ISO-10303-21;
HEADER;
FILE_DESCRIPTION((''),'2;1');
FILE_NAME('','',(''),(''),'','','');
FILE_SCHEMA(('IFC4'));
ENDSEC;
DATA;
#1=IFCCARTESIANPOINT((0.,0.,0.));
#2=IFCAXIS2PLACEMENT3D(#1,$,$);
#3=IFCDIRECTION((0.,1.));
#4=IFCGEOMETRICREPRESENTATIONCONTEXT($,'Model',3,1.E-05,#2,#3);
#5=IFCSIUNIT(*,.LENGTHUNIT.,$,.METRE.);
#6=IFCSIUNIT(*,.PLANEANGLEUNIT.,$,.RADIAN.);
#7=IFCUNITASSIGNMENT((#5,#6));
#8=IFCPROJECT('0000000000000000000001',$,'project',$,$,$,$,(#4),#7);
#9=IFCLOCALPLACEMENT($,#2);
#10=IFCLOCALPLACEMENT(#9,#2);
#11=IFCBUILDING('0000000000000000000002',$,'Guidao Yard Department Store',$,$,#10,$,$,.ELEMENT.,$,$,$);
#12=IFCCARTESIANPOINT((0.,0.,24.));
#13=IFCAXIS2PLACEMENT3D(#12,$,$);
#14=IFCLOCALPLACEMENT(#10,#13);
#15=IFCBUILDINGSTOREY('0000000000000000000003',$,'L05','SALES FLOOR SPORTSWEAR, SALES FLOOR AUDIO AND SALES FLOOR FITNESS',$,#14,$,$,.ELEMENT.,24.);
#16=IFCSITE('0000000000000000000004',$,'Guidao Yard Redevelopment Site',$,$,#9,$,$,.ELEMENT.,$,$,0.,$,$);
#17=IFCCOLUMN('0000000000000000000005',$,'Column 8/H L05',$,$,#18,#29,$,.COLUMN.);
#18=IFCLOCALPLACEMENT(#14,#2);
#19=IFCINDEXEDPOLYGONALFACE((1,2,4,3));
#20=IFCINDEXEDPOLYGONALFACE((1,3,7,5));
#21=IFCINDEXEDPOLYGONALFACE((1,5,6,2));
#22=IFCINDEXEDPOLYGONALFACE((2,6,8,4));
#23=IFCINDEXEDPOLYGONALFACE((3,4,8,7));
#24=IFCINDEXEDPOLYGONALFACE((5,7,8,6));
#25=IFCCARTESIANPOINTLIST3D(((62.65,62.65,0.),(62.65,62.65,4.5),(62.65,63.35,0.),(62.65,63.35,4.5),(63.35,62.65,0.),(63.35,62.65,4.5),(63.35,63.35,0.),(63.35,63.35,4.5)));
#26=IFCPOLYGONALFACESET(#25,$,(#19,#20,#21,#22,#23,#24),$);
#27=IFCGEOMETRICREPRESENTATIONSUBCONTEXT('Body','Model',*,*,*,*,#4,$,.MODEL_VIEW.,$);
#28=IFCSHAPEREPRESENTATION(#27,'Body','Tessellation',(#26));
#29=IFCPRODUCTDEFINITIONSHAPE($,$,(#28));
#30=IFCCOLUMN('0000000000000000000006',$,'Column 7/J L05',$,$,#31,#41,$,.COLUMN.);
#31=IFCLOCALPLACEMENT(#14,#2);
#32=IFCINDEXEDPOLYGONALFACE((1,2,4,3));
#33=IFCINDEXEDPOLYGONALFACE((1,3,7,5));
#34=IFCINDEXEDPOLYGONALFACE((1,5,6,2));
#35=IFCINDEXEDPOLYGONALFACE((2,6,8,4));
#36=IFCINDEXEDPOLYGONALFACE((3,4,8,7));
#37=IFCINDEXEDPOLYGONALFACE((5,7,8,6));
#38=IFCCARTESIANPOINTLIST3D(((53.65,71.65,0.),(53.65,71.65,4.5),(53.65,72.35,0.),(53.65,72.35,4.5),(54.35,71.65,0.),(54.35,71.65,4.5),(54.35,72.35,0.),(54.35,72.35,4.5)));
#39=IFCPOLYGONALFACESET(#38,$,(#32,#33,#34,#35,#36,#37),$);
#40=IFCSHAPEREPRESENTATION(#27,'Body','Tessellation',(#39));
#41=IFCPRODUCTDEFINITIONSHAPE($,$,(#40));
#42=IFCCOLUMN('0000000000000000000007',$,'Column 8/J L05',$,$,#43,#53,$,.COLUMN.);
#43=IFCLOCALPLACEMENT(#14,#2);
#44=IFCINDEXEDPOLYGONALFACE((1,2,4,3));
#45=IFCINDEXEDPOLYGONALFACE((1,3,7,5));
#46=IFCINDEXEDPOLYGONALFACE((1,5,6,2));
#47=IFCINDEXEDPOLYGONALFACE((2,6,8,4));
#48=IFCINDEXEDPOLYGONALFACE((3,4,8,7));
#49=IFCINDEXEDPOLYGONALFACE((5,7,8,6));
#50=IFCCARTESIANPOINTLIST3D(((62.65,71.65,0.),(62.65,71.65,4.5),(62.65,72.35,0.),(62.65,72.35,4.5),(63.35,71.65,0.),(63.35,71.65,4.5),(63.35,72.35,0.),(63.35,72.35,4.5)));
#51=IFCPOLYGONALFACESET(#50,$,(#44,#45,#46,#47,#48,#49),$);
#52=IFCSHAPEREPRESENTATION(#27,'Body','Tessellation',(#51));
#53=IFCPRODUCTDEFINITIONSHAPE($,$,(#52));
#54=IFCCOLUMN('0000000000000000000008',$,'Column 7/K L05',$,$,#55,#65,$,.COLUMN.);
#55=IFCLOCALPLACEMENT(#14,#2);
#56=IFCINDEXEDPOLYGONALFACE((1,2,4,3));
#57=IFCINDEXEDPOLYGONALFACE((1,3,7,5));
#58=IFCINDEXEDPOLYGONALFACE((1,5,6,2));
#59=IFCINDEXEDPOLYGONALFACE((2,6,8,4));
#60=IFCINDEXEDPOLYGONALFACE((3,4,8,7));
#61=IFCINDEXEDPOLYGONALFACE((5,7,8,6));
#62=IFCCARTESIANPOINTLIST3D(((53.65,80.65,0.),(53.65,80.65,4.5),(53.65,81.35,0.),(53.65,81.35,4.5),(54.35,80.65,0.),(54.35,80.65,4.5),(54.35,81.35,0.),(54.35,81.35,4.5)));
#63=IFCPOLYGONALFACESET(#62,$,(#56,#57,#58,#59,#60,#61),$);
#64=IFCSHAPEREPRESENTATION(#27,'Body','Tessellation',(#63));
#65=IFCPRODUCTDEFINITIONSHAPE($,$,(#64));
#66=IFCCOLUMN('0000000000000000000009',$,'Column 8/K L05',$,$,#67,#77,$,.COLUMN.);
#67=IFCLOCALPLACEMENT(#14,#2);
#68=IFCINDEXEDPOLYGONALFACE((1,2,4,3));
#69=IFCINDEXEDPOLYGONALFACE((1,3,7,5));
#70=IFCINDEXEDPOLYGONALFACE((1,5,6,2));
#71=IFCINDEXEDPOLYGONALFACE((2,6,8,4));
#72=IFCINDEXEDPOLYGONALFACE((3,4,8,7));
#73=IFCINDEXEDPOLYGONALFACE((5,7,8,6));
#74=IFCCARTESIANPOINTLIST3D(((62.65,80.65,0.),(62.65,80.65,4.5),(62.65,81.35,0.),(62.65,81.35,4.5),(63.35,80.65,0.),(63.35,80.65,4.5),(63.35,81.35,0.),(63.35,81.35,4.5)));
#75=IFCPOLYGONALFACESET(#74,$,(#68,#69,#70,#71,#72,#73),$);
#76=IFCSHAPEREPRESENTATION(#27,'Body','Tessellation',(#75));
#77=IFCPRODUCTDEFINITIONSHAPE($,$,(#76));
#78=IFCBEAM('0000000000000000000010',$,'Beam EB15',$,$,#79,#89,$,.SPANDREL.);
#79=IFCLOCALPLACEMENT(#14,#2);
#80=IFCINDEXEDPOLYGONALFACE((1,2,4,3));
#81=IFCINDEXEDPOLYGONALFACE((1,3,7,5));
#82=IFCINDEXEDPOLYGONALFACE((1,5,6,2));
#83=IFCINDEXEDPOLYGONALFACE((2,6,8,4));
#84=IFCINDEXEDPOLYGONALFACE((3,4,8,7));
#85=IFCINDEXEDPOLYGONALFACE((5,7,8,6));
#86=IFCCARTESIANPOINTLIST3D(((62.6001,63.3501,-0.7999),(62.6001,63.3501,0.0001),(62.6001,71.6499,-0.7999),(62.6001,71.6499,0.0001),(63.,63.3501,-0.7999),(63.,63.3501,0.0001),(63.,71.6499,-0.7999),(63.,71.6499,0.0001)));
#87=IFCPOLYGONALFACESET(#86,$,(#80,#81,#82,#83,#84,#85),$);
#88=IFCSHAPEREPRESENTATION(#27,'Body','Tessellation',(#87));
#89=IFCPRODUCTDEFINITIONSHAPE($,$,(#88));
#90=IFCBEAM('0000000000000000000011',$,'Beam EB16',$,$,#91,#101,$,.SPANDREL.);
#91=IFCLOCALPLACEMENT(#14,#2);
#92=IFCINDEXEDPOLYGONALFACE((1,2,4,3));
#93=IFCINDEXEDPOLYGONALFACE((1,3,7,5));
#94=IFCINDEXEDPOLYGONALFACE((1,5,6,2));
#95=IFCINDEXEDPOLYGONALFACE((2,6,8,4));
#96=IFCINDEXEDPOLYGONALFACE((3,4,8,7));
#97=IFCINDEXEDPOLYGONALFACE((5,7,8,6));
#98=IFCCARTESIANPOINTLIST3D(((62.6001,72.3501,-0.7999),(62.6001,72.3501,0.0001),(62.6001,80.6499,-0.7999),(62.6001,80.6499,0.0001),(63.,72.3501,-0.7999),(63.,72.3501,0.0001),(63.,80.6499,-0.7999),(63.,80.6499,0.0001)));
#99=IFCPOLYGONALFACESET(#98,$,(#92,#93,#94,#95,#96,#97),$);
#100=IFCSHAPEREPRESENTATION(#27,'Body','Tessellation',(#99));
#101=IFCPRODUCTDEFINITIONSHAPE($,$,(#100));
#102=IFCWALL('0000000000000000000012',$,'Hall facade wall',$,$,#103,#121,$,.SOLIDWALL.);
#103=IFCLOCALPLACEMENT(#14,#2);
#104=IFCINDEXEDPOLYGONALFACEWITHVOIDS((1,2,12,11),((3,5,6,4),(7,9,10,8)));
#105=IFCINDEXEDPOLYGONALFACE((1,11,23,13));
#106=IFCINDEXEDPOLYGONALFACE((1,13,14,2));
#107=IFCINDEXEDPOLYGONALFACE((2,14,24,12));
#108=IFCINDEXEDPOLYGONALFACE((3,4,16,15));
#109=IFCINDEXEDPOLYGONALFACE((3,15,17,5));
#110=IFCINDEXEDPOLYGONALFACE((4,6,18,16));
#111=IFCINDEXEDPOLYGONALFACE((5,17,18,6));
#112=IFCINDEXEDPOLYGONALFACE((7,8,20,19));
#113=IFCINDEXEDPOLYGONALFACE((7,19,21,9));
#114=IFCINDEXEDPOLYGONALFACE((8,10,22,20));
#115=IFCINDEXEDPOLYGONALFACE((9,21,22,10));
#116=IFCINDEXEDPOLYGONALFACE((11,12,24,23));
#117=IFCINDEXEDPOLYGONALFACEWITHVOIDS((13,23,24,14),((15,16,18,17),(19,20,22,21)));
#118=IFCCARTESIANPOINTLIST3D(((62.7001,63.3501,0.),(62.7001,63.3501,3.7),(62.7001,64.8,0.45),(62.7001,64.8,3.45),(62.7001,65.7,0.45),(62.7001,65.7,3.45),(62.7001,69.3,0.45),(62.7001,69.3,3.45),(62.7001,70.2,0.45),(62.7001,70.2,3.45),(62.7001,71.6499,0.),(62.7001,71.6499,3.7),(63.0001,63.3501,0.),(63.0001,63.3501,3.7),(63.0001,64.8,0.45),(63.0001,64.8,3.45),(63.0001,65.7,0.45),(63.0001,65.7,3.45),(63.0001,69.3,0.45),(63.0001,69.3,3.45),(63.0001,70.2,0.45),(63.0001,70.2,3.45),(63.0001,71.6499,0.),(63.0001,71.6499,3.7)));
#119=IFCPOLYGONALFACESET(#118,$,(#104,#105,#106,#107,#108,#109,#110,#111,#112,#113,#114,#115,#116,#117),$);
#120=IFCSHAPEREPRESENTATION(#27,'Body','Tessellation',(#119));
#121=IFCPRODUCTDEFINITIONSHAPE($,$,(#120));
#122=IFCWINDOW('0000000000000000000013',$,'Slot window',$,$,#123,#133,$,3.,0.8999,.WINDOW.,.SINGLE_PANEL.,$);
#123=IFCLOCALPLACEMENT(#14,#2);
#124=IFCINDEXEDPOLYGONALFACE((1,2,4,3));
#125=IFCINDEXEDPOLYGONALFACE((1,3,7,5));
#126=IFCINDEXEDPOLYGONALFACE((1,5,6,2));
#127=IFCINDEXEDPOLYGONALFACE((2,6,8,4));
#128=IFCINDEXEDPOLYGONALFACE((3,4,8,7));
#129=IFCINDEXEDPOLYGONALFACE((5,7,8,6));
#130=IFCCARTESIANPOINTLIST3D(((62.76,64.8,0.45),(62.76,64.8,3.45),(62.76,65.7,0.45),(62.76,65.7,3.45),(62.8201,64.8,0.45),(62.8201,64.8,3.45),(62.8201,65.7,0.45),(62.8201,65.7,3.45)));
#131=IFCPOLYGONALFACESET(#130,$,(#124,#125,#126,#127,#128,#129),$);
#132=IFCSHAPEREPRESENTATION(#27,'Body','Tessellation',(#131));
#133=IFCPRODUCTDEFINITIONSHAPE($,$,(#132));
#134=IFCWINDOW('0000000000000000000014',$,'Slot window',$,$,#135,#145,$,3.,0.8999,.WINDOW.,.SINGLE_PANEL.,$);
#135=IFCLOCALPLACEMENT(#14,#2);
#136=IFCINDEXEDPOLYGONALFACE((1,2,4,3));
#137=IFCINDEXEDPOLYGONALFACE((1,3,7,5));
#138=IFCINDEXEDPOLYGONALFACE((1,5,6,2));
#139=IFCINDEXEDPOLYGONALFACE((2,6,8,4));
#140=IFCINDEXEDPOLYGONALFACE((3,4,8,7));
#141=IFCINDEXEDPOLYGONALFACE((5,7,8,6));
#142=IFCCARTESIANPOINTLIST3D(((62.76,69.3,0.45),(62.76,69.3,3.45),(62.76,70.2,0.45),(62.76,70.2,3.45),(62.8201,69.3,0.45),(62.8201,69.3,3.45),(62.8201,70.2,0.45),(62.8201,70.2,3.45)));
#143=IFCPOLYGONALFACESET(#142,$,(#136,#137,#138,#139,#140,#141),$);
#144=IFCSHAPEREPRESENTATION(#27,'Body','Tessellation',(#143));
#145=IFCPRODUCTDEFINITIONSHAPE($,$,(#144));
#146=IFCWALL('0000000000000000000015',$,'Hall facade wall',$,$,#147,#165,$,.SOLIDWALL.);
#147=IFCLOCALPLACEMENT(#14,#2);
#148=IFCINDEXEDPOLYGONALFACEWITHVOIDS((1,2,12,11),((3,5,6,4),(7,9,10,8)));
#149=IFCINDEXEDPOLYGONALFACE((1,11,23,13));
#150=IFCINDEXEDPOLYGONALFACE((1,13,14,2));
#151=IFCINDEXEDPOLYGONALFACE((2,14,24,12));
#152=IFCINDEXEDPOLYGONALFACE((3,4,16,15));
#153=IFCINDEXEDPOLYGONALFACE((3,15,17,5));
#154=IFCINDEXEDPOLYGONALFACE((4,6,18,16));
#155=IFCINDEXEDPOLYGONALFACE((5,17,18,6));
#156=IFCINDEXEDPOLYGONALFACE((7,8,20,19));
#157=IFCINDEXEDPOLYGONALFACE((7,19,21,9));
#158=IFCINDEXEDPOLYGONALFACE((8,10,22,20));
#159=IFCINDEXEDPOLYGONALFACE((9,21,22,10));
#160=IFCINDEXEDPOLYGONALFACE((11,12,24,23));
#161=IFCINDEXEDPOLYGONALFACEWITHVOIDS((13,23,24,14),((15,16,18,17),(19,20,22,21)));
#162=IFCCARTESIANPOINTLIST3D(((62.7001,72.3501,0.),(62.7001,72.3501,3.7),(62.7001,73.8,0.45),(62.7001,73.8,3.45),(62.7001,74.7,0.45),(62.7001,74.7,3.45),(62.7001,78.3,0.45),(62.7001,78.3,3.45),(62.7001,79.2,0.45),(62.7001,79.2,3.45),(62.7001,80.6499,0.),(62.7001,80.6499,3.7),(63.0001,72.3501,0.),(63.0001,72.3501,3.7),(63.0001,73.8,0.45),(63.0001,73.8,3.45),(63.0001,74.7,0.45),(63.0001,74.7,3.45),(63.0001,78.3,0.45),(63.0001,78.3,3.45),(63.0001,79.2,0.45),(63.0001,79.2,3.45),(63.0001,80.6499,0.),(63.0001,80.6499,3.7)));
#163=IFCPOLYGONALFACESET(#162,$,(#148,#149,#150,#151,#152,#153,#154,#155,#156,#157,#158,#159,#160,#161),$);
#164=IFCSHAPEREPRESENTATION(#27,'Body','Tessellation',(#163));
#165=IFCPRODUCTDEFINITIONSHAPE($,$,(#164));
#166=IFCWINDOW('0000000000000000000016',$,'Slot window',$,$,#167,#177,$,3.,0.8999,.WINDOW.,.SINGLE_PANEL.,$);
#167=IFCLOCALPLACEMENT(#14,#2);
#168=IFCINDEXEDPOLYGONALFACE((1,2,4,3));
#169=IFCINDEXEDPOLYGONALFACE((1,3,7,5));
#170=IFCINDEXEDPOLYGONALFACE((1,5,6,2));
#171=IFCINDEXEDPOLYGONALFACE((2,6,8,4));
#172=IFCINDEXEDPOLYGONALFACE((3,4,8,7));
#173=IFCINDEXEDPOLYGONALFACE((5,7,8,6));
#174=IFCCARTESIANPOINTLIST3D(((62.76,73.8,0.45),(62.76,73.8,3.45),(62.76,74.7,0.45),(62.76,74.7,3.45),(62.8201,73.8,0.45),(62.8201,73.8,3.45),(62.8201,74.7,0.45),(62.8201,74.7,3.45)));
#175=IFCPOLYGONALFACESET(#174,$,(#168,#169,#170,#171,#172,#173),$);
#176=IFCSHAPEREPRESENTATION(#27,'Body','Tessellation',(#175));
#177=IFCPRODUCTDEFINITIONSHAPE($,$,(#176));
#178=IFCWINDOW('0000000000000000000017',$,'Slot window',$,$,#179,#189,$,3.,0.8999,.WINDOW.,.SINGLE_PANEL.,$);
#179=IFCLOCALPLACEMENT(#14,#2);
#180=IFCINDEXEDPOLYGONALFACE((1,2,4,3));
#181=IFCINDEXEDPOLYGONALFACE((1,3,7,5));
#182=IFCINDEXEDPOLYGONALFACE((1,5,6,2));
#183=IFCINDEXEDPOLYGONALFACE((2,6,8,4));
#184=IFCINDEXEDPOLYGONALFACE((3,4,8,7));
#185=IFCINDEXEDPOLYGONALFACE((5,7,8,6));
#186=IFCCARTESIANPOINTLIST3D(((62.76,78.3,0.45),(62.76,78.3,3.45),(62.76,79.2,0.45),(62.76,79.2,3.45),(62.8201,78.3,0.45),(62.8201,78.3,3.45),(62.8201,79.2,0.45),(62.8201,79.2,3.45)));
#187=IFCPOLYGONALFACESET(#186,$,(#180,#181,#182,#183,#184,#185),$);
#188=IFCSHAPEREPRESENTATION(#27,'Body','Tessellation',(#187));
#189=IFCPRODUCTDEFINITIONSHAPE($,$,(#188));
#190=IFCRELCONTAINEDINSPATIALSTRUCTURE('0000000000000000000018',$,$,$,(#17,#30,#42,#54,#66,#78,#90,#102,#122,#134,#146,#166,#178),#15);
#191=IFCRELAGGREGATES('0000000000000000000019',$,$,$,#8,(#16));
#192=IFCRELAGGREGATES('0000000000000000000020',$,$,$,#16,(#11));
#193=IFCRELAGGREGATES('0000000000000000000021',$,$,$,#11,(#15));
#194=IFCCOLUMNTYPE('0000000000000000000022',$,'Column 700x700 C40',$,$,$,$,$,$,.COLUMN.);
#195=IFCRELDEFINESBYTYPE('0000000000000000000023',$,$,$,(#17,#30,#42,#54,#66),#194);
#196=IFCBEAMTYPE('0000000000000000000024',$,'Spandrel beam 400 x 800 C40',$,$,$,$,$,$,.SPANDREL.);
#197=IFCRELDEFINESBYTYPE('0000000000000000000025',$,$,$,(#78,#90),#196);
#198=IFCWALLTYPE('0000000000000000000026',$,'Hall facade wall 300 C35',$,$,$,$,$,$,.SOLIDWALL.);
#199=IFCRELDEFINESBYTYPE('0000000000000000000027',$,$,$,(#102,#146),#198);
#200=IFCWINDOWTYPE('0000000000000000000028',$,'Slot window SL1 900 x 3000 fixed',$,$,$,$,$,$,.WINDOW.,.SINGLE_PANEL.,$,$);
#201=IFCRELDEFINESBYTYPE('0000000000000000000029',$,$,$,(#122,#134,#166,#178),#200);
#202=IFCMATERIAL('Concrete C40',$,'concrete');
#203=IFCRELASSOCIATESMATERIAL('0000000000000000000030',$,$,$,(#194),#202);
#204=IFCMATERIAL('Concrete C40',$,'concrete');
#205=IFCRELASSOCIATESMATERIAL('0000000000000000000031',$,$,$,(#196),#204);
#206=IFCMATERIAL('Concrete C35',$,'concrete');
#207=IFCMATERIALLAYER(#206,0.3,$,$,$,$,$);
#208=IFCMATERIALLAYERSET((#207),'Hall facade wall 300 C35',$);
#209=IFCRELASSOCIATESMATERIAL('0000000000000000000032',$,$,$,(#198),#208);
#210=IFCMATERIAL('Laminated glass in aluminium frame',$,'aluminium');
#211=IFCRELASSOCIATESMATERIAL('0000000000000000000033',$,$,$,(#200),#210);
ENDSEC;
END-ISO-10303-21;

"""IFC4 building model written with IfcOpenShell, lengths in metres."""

from ifc_helpers import new_model, si_unit, direction, frame, frame_2d, origin, origin_2d, place, context, subcontext, project, spatial, rectangle, extrude, material, layer, layer_set, material_profile, profile_set, type_object, element, fill, save


model = new_model("IFC4")

# Units and contexts
model_context = context("Model", 3, precision=1e-05, world=origin(), true_north=direction((0.0, 1.0)))
body_context = subcontext(model_context, "Body", "Model", "MODEL_VIEW")
ifc_project = project(units=[si_unit("LENGTHUNIT", "METRE"), si_unit("PLANEANGLEUNIT", "RADIAN")], contexts=[model_context])

# Site, building, storey
site_placement = place(None, origin())
site = spatial("IfcSite", under=ifc_project, at=site_placement, Name="Guidao Yard Redevelopment Site", CompositionType="ELEMENT", RefElevation=0.0)
building_placement = place(site_placement, origin())
building = spatial("IfcBuilding", under=site, at=building_placement, Name="Guidao Yard Department Store", CompositionType="ELEMENT")
storey_placement = place(building_placement, frame((0.0, 0.0, 24.0)))
storey = spatial("IfcBuildingStorey", under=building, at=storey_placement, Name="L05", Description="SALES FLOOR SPORTSWEAR, SALES FLOOR AUDIO AND SALES FLOOR FITNESS", CompositionType="ELEMENT", Elevation=24.0)

# Columns
ifc_material_1 = material(Name="Concrete C40", Category="concrete")
ifc_material_profile_1 = material_profile(ifc_material_1, rectangle(XDim=0.7, YDim=0.7, at=origin_2d()), Name="COL 700x700")
ifc_profile_set_1 = profile_set([ifc_material_profile_1], Name="Concrete C40")
column_type = type_object("IfcColumnType", Name="Column 700x700 C40", PredefinedType="COLUMN", material=ifc_profile_set_1)
for number, where, z_axis, x_axis, name in (
    (1, (63.0, 63.0, 0.0), (0.0, 0.0, 1.0), (1.0, 0.0, 0.0), "Column 8/H L05"),
    (2, (54.0, 72.0, 0.0), (0.0, 0.0, 1.0), (1.0, 0.0, 0.0), "Column 7/J L05"),
    (3, (63.0, 72.0, 0.0), (0.0, 0.0, 1.0), (1.0, 0.0, 0.0), "Column 8/J L05"),
    (4, (54.0, 81.0, 0.0), (0.0, 0.0, 1.0), (1.0, 0.0, 0.0), "Column 7/K L05"),
    (5, (63.0, 81.0, 0.0), (0.0, 0.0, 1.0), (1.0, 0.0, 0.0), "Column 8/K L05"),
):
    element("IfcColumn", number, at=place(storey_placement, frame(where, z_axis=z_axis, x_axis=x_axis)), inside=storey, type_object=column_type, Name=name, PredefinedType="COLUMN", context=body_context, shape_type="SweptSolid", body=[
        extrude(rectangle(XDim=0.7, YDim=0.7, at=origin_2d()), origin(), (0.0, 0.0, 1.0), 4.5),
    ])

# Beams
ifc_material_2 = material(Name="Concrete C40", Category="concrete")
ifc_material_profile_2 = material_profile(ifc_material_2, rectangle(XDim=0.3999, YDim=0.8, at=origin_2d()), Name="Spandrel beam 400 x 800 C40")
ifc_profile_set_2 = profile_set([ifc_material_profile_2], Name="Concrete C40")
beam_type = type_object("IfcBeamType", Name="Spandrel beam 400 x 800 C40", PredefinedType="SPANDREL", material=ifc_profile_set_2)
for number, where, z_axis, x_axis, name in (
    (6, (62.8, 63.3501, -0.3999), (0.0, 1.0, 0.0), (-1.0, 0.0, 0.0), "Beam EB15"),
    (7, (62.8, 72.3501, -0.3999), (0.0, 1.0, 0.0), (-1.0, 0.0, 0.0), "Beam EB16"),
):
    element("IfcBeam", number, at=place(storey_placement, frame(where, z_axis=z_axis, x_axis=x_axis)), inside=storey, type_object=beam_type, Name=name, PredefinedType="SPANDREL", context=body_context, shape_type="SweptSolid", body=[
        extrude(rectangle(XDim=0.3999, YDim=0.8, at=origin_2d()), origin(), (0.0, 0.0, 1.0), 8.2998),
    ])

# Walls, openings, windows
ifc_material_3 = material(Name="Concrete C35", Category="concrete")
ifc_layer_1 = layer(ifc_material_3, 0.3)
ifc_layer_set_1 = layer_set([ifc_layer_1], Name="Hall facade wall 300 C35")
wall_type_1 = type_object("IfcWallType", Name="Hall facade wall 300 C35", PredefinedType="SOLIDWALL", material=ifc_layer_set_1)
wall_1_placement = place(storey_placement, frame((62.8501, 71.6499, 0.0), z_axis=(0.0, 0.0, 1.0), x_axis=(0.0, -1.0, 0.0)))
wall_1 = element("IfcWall", 8, at=wall_1_placement, inside=storey, type_object=wall_type_1, Name="Hall facade wall", PredefinedType="SOLIDWALL", context=body_context, shape_type="SweptSolid", body=[
    extrude(rectangle(XDim=8.2998, YDim=0.3, at=frame_2d((4.1499, 0.0))), origin(), (0.0, 0.0, 1.0), 3.7),
])
opening_1_placement = place(wall_1_placement, frame((5.95, 0.0, 0.45)))
opening_1 = element("IfcOpeningElement", 9, at=opening_1_placement, cuts=wall_1, PredefinedType="OPENING", context=body_context, shape_type="SweptSolid", body=[
    extrude(rectangle(XDim=0.8999, YDim=3.0, at=frame_2d((0.45, 1.5))), frame((0.0, 0.1599, 0.0), z_axis=(0.0, -1.0, 0.0), x_axis=(1.0, 0.0, 0.0)), (0.0, 0.0, 1.0), 0.3201),
])
opening_2_placement = place(wall_1_placement, frame((1.45, 0.0, 0.45)))
opening_2 = element("IfcOpeningElement", 10, at=opening_2_placement, cuts=wall_1, PredefinedType="OPENING", context=body_context, shape_type="SweptSolid", body=[
    extrude(rectangle(XDim=0.8999, YDim=3.0, at=frame_2d((0.45, 1.5))), frame((0.0, 0.1599, 0.0), z_axis=(0.0, -1.0, 0.0), x_axis=(1.0, 0.0, 0.0)), (0.0, 0.0, 1.0), 0.3201),
])
ifc_material_4 = material(Name="Laminated glass in aluminium frame", Category="aluminium")
window_type = type_object("IfcWindowType", Name="Slot window SL1 900 x 3000 fixed", PartitioningType="SINGLE_PANEL", PredefinedType="WINDOW", material=ifc_material_4)
window_1_placement = place(opening_1_placement, origin())
window_1 = element("IfcWindow", 11, at=window_1_placement, inside=storey, type_object=window_type, Name="Slot window", OverallHeight=3.0, OverallWidth=0.8999, PartitioningType="SINGLE_PANEL", PredefinedType="WINDOW", context=body_context, shape_type="SweptSolid", body=[
    extrude(rectangle(XDim=0.8999, YDim=3.0, at=frame_2d((0.45, 1.5))), frame((0.0, -0.03, 0.0), z_axis=(0.0, -1.0, 0.0), x_axis=(1.0, 0.0, 0.0)), (0.0, 0.0, 1.0), 0.0601),
])
fill(opening_1, window_1)
window_2_placement = place(opening_2_placement, origin())
window_2 = element("IfcWindow", 12, at=window_2_placement, inside=storey, type_object=window_type, Name="Slot window", OverallHeight=3.0, OverallWidth=0.8999, PartitioningType="SINGLE_PANEL", PredefinedType="WINDOW", context=body_context, shape_type="SweptSolid", body=[
    extrude(rectangle(XDim=0.8999, YDim=3.0, at=frame_2d((0.45, 1.5))), frame((0.0, -0.03, 0.0), z_axis=(0.0, -1.0, 0.0), x_axis=(1.0, 0.0, 0.0)), (0.0, 0.0, 1.0), 0.0601),
])
fill(opening_2, window_2)
wall_2_placement = place(storey_placement, frame((62.8501, 80.6499, 0.0), z_axis=(0.0, 0.0, 1.0), x_axis=(0.0, -1.0, 0.0)))
wall_2 = element("IfcWall", 13, at=wall_2_placement, inside=storey, type_object=wall_type_1, Name="Hall facade wall", PredefinedType="SOLIDWALL", context=body_context, shape_type="SweptSolid", body=[
    extrude(rectangle(XDim=8.2998, YDim=0.3, at=frame_2d((4.1499, 0.0))), origin(), (0.0, 0.0, 1.0), 3.7),
])
opening_3_placement = place(wall_2_placement, frame((5.95, 0.0, 0.45)))
opening_3 = element("IfcOpeningElement", 14, at=opening_3_placement, cuts=wall_2, PredefinedType="OPENING", context=body_context, shape_type="SweptSolid", body=[
    extrude(rectangle(XDim=0.8999, YDim=3.0, at=frame_2d((0.45, 1.5))), frame((0.0, 0.1599, 0.0), z_axis=(0.0, -1.0, 0.0), x_axis=(1.0, 0.0, 0.0)), (0.0, 0.0, 1.0), 0.3201),
])
opening_4_placement = place(wall_2_placement, frame((1.45, 0.0, 0.45)))
opening_4 = element("IfcOpeningElement", 15, at=opening_4_placement, cuts=wall_2, PredefinedType="OPENING", context=body_context, shape_type="SweptSolid", body=[
    extrude(rectangle(XDim=0.8999, YDim=3.0, at=frame_2d((0.45, 1.5))), frame((0.0, 0.1599, 0.0), z_axis=(0.0, -1.0, 0.0), x_axis=(1.0, 0.0, 0.0)), (0.0, 0.0, 1.0), 0.3201),
])
window_3_placement = place(opening_3_placement, origin())
window_3 = element("IfcWindow", 16, at=window_3_placement, inside=storey, type_object=window_type, Name="Slot window", OverallHeight=3.0, OverallWidth=0.8999, PartitioningType="SINGLE_PANEL", PredefinedType="WINDOW", context=body_context, shape_type="SweptSolid", body=[
    extrude(rectangle(XDim=0.8999, YDim=3.0, at=frame_2d((0.45, 1.5))), frame((0.0, -0.03, 0.0), z_axis=(0.0, -1.0, 0.0), x_axis=(1.0, 0.0, 0.0)), (0.0, 0.0, 1.0), 0.0601),
])
fill(opening_3, window_3)
window_4_placement = place(opening_4_placement, origin())
window_4 = element("IfcWindow", 17, at=window_4_placement, inside=storey, type_object=window_type, Name="Slot window", OverallHeight=3.0, OverallWidth=0.8999, PartitioningType="SINGLE_PANEL", PredefinedType="WINDOW", context=body_context, shape_type="SweptSolid", body=[
    extrude(rectangle(XDim=0.8999, YDim=3.0, at=frame_2d((0.45, 1.5))), frame((0.0, -0.03, 0.0), z_axis=(0.0, -1.0, 0.0), x_axis=(1.0, 0.0, 0.0)), (0.0, 0.0, 1.0), 0.0601),
])
fill(opening_4, window_4)

save(model, "model.ifc")
